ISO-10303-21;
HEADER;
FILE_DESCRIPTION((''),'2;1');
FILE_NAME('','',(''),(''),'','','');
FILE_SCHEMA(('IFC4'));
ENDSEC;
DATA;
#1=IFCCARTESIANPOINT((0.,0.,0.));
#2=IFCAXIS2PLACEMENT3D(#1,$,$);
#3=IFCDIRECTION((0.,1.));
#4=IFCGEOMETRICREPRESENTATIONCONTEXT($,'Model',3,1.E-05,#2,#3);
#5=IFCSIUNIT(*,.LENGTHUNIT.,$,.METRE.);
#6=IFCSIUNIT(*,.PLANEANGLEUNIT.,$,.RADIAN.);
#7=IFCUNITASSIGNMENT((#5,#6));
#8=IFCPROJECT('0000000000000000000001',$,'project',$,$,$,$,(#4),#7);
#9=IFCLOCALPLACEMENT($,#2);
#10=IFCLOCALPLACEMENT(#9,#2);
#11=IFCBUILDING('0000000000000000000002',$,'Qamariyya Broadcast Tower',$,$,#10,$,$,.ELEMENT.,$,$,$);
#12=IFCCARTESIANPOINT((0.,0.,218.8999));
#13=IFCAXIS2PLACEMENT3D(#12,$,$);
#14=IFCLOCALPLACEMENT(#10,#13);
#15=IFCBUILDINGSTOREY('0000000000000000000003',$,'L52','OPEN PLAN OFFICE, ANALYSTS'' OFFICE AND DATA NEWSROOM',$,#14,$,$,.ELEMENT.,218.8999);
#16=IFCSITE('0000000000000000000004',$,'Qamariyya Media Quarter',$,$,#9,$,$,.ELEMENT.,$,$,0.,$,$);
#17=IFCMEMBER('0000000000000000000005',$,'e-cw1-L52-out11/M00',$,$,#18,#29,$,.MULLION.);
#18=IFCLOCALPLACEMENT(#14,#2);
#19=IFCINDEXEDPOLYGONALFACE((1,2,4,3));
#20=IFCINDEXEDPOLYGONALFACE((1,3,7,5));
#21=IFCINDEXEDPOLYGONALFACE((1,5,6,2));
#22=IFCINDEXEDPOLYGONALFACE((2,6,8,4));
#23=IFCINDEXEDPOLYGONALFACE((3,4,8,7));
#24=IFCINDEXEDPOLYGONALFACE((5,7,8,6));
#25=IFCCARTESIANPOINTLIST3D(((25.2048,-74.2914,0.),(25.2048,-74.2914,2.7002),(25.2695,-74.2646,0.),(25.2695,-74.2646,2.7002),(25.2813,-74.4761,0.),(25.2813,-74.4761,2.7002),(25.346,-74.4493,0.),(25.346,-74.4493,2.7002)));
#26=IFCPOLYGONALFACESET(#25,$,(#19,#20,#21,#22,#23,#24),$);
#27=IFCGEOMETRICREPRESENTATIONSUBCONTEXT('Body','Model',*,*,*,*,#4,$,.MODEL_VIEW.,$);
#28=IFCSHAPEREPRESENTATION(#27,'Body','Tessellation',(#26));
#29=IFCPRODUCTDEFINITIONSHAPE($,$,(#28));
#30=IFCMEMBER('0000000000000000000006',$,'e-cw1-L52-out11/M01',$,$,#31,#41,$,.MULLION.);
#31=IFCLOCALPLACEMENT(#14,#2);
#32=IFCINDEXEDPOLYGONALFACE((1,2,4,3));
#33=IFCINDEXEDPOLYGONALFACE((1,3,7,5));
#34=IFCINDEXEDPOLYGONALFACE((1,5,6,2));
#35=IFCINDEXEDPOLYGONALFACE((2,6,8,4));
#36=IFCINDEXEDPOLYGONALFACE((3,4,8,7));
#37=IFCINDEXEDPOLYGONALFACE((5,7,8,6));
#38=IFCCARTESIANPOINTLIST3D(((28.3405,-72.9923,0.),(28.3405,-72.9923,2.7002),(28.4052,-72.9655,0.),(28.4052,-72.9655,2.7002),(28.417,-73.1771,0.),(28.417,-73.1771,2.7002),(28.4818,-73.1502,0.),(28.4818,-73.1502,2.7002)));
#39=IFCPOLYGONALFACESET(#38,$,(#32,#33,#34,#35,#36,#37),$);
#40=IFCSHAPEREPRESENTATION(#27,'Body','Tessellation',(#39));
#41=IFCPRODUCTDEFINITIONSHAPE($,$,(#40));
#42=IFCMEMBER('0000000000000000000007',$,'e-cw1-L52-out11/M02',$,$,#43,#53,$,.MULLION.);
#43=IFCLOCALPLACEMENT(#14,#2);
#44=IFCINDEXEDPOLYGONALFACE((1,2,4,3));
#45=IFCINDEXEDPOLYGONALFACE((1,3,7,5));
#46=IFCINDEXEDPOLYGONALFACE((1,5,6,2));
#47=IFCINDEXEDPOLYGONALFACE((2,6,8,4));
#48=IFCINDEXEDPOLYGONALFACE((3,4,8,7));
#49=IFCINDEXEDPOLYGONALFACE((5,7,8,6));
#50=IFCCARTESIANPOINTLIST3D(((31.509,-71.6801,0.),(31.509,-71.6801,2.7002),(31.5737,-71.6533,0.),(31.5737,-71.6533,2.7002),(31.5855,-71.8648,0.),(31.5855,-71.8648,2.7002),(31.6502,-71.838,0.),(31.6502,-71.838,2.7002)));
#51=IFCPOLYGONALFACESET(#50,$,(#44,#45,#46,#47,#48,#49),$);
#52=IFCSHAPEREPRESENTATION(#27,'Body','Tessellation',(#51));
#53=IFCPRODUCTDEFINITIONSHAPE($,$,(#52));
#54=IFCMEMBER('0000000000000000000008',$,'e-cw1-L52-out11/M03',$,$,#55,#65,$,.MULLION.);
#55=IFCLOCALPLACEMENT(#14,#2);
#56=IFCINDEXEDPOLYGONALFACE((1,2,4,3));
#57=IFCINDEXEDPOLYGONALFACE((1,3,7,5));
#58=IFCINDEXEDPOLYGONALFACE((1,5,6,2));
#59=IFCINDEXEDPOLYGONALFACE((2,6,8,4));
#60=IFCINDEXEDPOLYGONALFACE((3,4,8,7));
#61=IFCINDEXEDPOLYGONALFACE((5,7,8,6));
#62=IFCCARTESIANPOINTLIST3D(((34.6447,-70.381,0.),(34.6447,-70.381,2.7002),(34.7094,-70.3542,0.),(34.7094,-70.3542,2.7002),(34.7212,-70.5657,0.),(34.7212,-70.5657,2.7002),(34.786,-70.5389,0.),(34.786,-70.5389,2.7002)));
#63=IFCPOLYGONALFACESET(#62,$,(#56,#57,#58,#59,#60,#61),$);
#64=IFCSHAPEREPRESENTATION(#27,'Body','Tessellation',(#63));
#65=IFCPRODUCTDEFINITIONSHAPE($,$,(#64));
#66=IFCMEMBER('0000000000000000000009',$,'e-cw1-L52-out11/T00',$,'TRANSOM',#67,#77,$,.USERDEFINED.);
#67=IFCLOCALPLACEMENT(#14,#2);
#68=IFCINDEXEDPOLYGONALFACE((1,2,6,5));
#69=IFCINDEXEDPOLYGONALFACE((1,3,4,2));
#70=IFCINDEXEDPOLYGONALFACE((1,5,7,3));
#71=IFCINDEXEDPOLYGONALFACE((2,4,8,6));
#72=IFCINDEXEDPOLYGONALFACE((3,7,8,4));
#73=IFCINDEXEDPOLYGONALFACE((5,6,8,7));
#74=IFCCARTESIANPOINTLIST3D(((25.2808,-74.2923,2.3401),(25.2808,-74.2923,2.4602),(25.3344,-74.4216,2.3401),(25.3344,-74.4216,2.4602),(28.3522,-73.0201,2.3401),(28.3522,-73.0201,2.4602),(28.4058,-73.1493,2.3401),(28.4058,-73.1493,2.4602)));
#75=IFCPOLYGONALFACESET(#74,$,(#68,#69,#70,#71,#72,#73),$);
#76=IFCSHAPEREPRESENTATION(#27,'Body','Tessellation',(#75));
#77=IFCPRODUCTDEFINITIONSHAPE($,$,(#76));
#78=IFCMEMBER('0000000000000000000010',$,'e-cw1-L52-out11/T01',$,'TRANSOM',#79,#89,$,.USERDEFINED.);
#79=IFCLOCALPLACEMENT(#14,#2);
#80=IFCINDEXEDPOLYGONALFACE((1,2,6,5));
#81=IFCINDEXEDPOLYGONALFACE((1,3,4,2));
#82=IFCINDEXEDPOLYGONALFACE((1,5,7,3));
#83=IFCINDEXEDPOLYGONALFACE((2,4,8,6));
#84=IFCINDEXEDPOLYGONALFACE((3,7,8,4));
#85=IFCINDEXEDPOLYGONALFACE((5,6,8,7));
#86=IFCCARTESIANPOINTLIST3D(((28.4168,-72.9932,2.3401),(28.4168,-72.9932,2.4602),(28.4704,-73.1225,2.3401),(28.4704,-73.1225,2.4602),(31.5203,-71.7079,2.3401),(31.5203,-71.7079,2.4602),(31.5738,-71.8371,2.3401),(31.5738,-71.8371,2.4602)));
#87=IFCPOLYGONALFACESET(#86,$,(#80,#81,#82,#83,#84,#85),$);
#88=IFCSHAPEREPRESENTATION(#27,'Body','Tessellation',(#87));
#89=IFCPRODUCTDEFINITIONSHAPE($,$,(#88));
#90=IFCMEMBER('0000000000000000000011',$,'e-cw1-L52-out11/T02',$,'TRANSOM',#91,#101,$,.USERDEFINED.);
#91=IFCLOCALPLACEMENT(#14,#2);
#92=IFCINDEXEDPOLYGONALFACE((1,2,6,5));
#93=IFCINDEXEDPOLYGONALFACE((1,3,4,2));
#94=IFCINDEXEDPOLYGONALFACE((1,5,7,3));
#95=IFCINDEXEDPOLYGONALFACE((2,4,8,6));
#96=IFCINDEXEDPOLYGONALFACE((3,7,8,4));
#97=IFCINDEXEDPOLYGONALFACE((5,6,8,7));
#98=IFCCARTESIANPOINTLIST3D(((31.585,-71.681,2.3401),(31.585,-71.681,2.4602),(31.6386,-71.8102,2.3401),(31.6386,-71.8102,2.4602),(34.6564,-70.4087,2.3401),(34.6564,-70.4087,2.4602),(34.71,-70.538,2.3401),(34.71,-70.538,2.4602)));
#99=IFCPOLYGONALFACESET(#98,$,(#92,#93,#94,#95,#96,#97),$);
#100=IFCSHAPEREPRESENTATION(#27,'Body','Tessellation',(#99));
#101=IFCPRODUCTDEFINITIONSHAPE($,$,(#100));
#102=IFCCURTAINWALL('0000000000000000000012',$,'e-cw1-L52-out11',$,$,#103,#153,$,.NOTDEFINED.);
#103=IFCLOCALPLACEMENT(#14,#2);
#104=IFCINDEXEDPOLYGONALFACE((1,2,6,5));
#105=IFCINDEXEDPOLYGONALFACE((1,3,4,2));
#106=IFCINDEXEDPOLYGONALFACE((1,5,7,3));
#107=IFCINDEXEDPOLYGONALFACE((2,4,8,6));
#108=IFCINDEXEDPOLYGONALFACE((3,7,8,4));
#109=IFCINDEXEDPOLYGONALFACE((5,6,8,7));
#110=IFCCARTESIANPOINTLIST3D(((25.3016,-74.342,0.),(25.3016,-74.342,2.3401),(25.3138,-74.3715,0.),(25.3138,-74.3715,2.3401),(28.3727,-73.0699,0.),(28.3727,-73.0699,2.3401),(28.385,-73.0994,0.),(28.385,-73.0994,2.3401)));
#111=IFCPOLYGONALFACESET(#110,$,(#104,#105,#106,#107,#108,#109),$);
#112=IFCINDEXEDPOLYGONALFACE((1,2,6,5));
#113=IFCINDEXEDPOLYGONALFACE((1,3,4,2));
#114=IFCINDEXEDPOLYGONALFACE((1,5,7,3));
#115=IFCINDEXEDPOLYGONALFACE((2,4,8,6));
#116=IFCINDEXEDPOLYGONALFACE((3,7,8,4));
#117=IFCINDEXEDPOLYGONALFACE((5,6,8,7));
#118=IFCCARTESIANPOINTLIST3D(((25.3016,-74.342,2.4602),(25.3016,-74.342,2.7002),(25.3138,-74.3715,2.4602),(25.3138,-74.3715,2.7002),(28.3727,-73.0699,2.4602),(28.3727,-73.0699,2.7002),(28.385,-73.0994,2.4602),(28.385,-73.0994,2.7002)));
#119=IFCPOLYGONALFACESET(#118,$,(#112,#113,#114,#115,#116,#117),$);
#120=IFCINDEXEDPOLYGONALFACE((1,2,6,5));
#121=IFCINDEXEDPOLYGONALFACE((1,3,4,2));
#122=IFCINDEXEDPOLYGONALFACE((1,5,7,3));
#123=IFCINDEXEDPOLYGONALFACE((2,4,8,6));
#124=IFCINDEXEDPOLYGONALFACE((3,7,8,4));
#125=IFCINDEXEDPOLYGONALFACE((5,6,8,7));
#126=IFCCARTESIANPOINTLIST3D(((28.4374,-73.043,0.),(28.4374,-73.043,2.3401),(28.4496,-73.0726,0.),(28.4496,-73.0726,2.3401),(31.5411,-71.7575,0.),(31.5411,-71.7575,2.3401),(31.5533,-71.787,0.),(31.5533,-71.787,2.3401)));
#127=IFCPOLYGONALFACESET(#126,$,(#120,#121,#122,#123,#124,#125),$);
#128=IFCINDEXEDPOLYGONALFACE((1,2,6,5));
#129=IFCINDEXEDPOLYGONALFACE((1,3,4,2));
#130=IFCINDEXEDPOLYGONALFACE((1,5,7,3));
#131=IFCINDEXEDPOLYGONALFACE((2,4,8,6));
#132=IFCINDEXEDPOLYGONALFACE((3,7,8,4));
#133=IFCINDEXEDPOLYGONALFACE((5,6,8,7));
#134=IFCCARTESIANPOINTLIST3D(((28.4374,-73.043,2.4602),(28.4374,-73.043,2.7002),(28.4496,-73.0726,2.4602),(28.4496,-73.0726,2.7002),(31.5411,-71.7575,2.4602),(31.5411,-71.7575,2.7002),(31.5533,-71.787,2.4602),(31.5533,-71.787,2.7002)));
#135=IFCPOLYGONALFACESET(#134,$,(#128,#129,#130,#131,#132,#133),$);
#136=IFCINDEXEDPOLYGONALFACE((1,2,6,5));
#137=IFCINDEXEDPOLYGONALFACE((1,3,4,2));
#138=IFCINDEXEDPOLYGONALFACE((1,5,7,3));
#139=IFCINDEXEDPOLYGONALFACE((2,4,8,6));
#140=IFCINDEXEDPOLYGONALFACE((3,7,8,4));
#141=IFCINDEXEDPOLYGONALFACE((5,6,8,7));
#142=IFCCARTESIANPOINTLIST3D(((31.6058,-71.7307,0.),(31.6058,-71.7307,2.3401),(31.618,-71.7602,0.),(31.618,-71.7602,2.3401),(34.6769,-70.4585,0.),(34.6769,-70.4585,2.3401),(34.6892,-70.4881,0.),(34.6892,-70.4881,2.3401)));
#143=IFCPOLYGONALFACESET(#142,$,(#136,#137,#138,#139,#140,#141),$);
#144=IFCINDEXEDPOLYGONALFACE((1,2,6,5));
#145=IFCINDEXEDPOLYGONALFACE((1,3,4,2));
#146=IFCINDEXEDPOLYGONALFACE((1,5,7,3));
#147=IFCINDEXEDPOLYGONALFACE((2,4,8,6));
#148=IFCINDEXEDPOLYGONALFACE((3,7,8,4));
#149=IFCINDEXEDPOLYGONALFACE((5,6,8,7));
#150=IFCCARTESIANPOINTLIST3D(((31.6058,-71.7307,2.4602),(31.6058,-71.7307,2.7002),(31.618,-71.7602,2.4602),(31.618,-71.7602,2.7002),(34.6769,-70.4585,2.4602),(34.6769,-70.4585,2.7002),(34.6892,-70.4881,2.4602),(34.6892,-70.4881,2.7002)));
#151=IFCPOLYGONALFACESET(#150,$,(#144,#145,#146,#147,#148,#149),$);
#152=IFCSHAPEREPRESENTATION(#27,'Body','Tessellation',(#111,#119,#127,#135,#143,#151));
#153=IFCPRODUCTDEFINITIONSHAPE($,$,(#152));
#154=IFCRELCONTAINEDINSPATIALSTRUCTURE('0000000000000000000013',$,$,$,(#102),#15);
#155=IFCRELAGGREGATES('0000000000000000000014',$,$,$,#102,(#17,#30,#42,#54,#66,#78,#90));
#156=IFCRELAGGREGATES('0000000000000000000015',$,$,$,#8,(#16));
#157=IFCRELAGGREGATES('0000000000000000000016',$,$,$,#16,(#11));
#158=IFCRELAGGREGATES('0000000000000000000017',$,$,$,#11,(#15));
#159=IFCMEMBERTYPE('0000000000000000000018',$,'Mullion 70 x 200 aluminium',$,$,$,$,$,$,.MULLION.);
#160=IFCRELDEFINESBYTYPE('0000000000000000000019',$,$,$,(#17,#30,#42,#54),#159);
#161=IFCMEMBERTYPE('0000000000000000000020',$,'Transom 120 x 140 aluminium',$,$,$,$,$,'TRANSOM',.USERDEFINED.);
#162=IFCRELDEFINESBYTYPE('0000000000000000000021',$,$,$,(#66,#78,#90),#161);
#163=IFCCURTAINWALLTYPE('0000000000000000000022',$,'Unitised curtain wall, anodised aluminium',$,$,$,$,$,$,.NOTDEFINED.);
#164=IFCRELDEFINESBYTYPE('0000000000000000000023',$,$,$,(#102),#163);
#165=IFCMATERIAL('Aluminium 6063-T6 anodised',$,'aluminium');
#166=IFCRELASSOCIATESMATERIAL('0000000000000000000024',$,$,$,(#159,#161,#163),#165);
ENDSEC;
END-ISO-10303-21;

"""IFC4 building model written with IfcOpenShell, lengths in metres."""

from ifc_helpers import new_model, si_unit, direction, frame, origin, origin_2d, place, context, subcontext, project, spatial, rectangle, extrude, material, material_profile, profile_set, type_object, element, aggregate, save


model = new_model("IFC4")

# Units and contexts
model_context = context("Model", 3, precision=1e-05, world=origin(), true_north=direction((0.0, 1.0)))
body_context = subcontext(model_context, "Body", "Model", "MODEL_VIEW")
ifc_project = project(units=[si_unit("LENGTHUNIT", "METRE"), si_unit("PLANEANGLEUNIT", "RADIAN")], contexts=[model_context])

# Members
ifc_material = material(Name="Aluminium 6063-T6 anodised", Category="aluminium")
ifc_material_profile_1 = material_profile(ifc_material, rectangle(XDim=0.2, YDim=0.0701, at=origin_2d()))
ifc_profile_set_1 = profile_set([ifc_material_profile_1], Name="Aluminium 6063-T6 anodised")
member_type_1 = type_object("IfcMemberType", Name="Mullion 70 x 200 aluminium", PredefinedType="MULLION", material=ifc_profile_set_1)
site_placement = place(None, origin())
building_placement = place(site_placement, origin())
storey_placement = place(building_placement, frame((0.0, 0.0, 218.8999)))
member_1_placement = place(storey_placement, frame((25.2754, -74.3704, 0.0), z_axis=(0.0, 0.0, 1.0), x_axis=(-0.382683, 0.92388, 0.0)))
member_1 = element("IfcMember", 1, at=member_1_placement, type_object=member_type_1, Name="e-cw1-L52-out11/M00", PredefinedType="MULLION", context=body_context, shape_type="SweptSolid", body=[
    extrude(rectangle(XDim=0.2, YDim=0.0701, at=origin_2d()), origin(), (0.0, 0.0, 1.0), 2.7002),
])
member_2_placement = place(storey_placement, frame((28.4111, -73.0713, 0.0), z_axis=(0.0, 0.0, 1.0), x_axis=(-0.382683, 0.92388, 0.0)))
member_2 = element("IfcMember", 2, at=member_2_placement, type_object=member_type_1, Name="e-cw1-L52-out11/M01", PredefinedType="MULLION", context=body_context, shape_type="SweptSolid", body=[
    extrude(rectangle(XDim=0.2, YDim=0.0701, at=origin_2d()), origin(), (0.0, 0.0, 1.0), 2.7002),
])
member_3_placement = place(storey_placement, frame((31.5796, -71.759, 0.0), z_axis=(0.0, 0.0, 1.0), x_axis=(-0.382683, 0.92388, 0.0)))
member_3 = element("IfcMember", 3, at=member_3_placement, type_object=member_type_1, Name="e-cw1-L52-out11/M02", PredefinedType="MULLION", context=body_context, shape_type="SweptSolid", body=[
    extrude(rectangle(XDim=0.2, YDim=0.0701, at=origin_2d()), origin(), (0.0, 0.0, 1.0), 2.7002),
])
member_4_placement = place(storey_placement, frame((34.7153, -70.46, 0.0), z_axis=(0.0, 0.0, 1.0), x_axis=(-0.382683, 0.92388, 0.0)))
member_4 = element("IfcMember", 4, at=member_4_placement, type_object=member_type_1, Name="e-cw1-L52-out11/M03", PredefinedType="MULLION", context=body_context, shape_type="SweptSolid", body=[
    extrude(rectangle(XDim=0.2, YDim=0.0701, at=origin_2d()), origin(), (0.0, 0.0, 1.0), 2.7002),
])
ifc_material_profile_2 = material_profile(ifc_material, rectangle(XDim=0.1399, YDim=0.1201, at=origin_2d()))
ifc_profile_set_2 = profile_set([ifc_material_profile_2], Name="Aluminium 6063-T6 anodised")
member_type_2 = type_object("IfcMemberType", Name="Transom 120 x 140 aluminium", ElementType="TRANSOM", PredefinedType="USERDEFINED", material=ifc_profile_set_2)
member_5_placement = place(storey_placement, frame((25.3076, -74.3569, 2.4001), z_axis=(0.923875, 0.382696, 0.0), x_axis=(-0.382696, 0.923875, 0.0)))
member_5 = element("IfcMember", 5, at=member_5_placement, type_object=member_type_2, Name="e-cw1-L52-out11/T00", ObjectType="TRANSOM", PredefinedType="USERDEFINED", context=body_context, shape_type="SweptSolid", body=[
    extrude(rectangle(XDim=0.1399, YDim=0.1201, at=origin_2d()), origin(), (0.0, 0.0, 1.0), 3.3245),
])
member_6_placement = place(storey_placement, frame((28.4436, -73.0579, 2.4001), z_axis=(0.923892, 0.382653, 0.0), x_axis=(-0.382653, 0.923892, 0.0)))
member_6 = element("IfcMember", 6, at=member_6_placement, type_object=member_type_2, Name="e-cw1-L52-out11/T01", ObjectType="TRANSOM", PredefinedType="USERDEFINED", context=body_context, shape_type="SweptSolid", body=[
    extrude(rectangle(XDim=0.1399, YDim=0.1201, at=origin_2d()), origin(), (0.0, 0.0, 1.0), 3.3591),
])
member_7_placement = place(storey_placement, frame((31.6118, -71.7456, 2.4001), z_axis=(0.923875, 0.382696, 0.0), x_axis=(-0.382696, 0.923875, 0.0)))
member_7 = element("IfcMember", 7, at=member_7_placement, type_object=member_type_2, Name="e-cw1-L52-out11/T02", ObjectType="TRANSOM", PredefinedType="USERDEFINED", context=body_context, shape_type="SweptSolid", body=[
    extrude(rectangle(XDim=0.1399, YDim=0.1201, at=origin_2d()), origin(), (0.0, 0.0, 1.0), 3.3245),
])

# Site, building, storey
site = spatial("IfcSite", under=ifc_project, at=site_placement, Name="Qamariyya Media Quarter", CompositionType="ELEMENT", RefElevation=0.0)
building = spatial("IfcBuilding", under=site, at=building_placement, Name="Qamariyya Broadcast Tower", CompositionType="ELEMENT")
storey = spatial("IfcBuildingStorey", under=building, at=storey_placement, Name="L52", Description="OPEN PLAN OFFICE, ANALYSTS' OFFICE AND DATA NEWSROOM", CompositionType="ELEMENT", Elevation=218.8999)

# Curtain wall
curtain_wall_type = type_object("IfcCurtainWallType", Name="Unitised curtain wall, anodised aluminium", PredefinedType="NOTDEFINED", material=ifc_material)
curtain_wall_1_placement = place(storey_placement, origin())
curtain_wall_1 = element("IfcCurtainWall", 8, at=curtain_wall_1_placement, inside=storey, type_object=curtain_wall_type, Name="e-cw1-L52-out11", PredefinedType="NOTDEFINED", context=body_context, shape_type="SweptSolid", body=[
    extrude(rectangle(XDim=3.3242, YDim=0.032, at=origin_2d()), frame((26.8433, -73.7207, 0.0), x_axis=(0.923881, 0.38268, 0.0)), (0.0, 0.0, 1.0), 2.3401),
    extrude(rectangle(XDim=3.3242, YDim=0.032, at=origin_2d()), frame((26.8433, -73.7207, 2.4602), x_axis=(0.923881, 0.38268, 0.0)), (0.0, 0.0, 1.0), 0.24),
    extrude(rectangle(XDim=3.3594, YDim=0.032, at=origin_2d()), frame((29.9954, -72.415, 0.0), x_axis=(0.923881, 0.38268, 0.0)), (0.0, 0.0, 1.0), 2.3401),
    extrude(rectangle(XDim=3.3594, YDim=0.032, at=origin_2d()), frame((29.9954, -72.415, 2.4602), x_axis=(0.923881, 0.38268, 0.0)), (0.0, 0.0, 1.0), 0.24),
    extrude(rectangle(XDim=3.3242, YDim=0.032, at=origin_2d()), frame((33.1475, -71.1094, 0.0), x_axis=(0.923881, 0.38268, 0.0)), (0.0, 0.0, 1.0), 2.3401),
    extrude(rectangle(XDim=3.3242, YDim=0.032, at=origin_2d()), frame((33.1475, -71.1094, 2.4602), x_axis=(0.923881, 0.38268, 0.0)), (0.0, 0.0, 1.0), 0.24),
])
aggregate(curtain_wall_1, [member_1, member_2, member_3, member_4, member_5, member_6, member_7])

save(model, "model.ifc")
